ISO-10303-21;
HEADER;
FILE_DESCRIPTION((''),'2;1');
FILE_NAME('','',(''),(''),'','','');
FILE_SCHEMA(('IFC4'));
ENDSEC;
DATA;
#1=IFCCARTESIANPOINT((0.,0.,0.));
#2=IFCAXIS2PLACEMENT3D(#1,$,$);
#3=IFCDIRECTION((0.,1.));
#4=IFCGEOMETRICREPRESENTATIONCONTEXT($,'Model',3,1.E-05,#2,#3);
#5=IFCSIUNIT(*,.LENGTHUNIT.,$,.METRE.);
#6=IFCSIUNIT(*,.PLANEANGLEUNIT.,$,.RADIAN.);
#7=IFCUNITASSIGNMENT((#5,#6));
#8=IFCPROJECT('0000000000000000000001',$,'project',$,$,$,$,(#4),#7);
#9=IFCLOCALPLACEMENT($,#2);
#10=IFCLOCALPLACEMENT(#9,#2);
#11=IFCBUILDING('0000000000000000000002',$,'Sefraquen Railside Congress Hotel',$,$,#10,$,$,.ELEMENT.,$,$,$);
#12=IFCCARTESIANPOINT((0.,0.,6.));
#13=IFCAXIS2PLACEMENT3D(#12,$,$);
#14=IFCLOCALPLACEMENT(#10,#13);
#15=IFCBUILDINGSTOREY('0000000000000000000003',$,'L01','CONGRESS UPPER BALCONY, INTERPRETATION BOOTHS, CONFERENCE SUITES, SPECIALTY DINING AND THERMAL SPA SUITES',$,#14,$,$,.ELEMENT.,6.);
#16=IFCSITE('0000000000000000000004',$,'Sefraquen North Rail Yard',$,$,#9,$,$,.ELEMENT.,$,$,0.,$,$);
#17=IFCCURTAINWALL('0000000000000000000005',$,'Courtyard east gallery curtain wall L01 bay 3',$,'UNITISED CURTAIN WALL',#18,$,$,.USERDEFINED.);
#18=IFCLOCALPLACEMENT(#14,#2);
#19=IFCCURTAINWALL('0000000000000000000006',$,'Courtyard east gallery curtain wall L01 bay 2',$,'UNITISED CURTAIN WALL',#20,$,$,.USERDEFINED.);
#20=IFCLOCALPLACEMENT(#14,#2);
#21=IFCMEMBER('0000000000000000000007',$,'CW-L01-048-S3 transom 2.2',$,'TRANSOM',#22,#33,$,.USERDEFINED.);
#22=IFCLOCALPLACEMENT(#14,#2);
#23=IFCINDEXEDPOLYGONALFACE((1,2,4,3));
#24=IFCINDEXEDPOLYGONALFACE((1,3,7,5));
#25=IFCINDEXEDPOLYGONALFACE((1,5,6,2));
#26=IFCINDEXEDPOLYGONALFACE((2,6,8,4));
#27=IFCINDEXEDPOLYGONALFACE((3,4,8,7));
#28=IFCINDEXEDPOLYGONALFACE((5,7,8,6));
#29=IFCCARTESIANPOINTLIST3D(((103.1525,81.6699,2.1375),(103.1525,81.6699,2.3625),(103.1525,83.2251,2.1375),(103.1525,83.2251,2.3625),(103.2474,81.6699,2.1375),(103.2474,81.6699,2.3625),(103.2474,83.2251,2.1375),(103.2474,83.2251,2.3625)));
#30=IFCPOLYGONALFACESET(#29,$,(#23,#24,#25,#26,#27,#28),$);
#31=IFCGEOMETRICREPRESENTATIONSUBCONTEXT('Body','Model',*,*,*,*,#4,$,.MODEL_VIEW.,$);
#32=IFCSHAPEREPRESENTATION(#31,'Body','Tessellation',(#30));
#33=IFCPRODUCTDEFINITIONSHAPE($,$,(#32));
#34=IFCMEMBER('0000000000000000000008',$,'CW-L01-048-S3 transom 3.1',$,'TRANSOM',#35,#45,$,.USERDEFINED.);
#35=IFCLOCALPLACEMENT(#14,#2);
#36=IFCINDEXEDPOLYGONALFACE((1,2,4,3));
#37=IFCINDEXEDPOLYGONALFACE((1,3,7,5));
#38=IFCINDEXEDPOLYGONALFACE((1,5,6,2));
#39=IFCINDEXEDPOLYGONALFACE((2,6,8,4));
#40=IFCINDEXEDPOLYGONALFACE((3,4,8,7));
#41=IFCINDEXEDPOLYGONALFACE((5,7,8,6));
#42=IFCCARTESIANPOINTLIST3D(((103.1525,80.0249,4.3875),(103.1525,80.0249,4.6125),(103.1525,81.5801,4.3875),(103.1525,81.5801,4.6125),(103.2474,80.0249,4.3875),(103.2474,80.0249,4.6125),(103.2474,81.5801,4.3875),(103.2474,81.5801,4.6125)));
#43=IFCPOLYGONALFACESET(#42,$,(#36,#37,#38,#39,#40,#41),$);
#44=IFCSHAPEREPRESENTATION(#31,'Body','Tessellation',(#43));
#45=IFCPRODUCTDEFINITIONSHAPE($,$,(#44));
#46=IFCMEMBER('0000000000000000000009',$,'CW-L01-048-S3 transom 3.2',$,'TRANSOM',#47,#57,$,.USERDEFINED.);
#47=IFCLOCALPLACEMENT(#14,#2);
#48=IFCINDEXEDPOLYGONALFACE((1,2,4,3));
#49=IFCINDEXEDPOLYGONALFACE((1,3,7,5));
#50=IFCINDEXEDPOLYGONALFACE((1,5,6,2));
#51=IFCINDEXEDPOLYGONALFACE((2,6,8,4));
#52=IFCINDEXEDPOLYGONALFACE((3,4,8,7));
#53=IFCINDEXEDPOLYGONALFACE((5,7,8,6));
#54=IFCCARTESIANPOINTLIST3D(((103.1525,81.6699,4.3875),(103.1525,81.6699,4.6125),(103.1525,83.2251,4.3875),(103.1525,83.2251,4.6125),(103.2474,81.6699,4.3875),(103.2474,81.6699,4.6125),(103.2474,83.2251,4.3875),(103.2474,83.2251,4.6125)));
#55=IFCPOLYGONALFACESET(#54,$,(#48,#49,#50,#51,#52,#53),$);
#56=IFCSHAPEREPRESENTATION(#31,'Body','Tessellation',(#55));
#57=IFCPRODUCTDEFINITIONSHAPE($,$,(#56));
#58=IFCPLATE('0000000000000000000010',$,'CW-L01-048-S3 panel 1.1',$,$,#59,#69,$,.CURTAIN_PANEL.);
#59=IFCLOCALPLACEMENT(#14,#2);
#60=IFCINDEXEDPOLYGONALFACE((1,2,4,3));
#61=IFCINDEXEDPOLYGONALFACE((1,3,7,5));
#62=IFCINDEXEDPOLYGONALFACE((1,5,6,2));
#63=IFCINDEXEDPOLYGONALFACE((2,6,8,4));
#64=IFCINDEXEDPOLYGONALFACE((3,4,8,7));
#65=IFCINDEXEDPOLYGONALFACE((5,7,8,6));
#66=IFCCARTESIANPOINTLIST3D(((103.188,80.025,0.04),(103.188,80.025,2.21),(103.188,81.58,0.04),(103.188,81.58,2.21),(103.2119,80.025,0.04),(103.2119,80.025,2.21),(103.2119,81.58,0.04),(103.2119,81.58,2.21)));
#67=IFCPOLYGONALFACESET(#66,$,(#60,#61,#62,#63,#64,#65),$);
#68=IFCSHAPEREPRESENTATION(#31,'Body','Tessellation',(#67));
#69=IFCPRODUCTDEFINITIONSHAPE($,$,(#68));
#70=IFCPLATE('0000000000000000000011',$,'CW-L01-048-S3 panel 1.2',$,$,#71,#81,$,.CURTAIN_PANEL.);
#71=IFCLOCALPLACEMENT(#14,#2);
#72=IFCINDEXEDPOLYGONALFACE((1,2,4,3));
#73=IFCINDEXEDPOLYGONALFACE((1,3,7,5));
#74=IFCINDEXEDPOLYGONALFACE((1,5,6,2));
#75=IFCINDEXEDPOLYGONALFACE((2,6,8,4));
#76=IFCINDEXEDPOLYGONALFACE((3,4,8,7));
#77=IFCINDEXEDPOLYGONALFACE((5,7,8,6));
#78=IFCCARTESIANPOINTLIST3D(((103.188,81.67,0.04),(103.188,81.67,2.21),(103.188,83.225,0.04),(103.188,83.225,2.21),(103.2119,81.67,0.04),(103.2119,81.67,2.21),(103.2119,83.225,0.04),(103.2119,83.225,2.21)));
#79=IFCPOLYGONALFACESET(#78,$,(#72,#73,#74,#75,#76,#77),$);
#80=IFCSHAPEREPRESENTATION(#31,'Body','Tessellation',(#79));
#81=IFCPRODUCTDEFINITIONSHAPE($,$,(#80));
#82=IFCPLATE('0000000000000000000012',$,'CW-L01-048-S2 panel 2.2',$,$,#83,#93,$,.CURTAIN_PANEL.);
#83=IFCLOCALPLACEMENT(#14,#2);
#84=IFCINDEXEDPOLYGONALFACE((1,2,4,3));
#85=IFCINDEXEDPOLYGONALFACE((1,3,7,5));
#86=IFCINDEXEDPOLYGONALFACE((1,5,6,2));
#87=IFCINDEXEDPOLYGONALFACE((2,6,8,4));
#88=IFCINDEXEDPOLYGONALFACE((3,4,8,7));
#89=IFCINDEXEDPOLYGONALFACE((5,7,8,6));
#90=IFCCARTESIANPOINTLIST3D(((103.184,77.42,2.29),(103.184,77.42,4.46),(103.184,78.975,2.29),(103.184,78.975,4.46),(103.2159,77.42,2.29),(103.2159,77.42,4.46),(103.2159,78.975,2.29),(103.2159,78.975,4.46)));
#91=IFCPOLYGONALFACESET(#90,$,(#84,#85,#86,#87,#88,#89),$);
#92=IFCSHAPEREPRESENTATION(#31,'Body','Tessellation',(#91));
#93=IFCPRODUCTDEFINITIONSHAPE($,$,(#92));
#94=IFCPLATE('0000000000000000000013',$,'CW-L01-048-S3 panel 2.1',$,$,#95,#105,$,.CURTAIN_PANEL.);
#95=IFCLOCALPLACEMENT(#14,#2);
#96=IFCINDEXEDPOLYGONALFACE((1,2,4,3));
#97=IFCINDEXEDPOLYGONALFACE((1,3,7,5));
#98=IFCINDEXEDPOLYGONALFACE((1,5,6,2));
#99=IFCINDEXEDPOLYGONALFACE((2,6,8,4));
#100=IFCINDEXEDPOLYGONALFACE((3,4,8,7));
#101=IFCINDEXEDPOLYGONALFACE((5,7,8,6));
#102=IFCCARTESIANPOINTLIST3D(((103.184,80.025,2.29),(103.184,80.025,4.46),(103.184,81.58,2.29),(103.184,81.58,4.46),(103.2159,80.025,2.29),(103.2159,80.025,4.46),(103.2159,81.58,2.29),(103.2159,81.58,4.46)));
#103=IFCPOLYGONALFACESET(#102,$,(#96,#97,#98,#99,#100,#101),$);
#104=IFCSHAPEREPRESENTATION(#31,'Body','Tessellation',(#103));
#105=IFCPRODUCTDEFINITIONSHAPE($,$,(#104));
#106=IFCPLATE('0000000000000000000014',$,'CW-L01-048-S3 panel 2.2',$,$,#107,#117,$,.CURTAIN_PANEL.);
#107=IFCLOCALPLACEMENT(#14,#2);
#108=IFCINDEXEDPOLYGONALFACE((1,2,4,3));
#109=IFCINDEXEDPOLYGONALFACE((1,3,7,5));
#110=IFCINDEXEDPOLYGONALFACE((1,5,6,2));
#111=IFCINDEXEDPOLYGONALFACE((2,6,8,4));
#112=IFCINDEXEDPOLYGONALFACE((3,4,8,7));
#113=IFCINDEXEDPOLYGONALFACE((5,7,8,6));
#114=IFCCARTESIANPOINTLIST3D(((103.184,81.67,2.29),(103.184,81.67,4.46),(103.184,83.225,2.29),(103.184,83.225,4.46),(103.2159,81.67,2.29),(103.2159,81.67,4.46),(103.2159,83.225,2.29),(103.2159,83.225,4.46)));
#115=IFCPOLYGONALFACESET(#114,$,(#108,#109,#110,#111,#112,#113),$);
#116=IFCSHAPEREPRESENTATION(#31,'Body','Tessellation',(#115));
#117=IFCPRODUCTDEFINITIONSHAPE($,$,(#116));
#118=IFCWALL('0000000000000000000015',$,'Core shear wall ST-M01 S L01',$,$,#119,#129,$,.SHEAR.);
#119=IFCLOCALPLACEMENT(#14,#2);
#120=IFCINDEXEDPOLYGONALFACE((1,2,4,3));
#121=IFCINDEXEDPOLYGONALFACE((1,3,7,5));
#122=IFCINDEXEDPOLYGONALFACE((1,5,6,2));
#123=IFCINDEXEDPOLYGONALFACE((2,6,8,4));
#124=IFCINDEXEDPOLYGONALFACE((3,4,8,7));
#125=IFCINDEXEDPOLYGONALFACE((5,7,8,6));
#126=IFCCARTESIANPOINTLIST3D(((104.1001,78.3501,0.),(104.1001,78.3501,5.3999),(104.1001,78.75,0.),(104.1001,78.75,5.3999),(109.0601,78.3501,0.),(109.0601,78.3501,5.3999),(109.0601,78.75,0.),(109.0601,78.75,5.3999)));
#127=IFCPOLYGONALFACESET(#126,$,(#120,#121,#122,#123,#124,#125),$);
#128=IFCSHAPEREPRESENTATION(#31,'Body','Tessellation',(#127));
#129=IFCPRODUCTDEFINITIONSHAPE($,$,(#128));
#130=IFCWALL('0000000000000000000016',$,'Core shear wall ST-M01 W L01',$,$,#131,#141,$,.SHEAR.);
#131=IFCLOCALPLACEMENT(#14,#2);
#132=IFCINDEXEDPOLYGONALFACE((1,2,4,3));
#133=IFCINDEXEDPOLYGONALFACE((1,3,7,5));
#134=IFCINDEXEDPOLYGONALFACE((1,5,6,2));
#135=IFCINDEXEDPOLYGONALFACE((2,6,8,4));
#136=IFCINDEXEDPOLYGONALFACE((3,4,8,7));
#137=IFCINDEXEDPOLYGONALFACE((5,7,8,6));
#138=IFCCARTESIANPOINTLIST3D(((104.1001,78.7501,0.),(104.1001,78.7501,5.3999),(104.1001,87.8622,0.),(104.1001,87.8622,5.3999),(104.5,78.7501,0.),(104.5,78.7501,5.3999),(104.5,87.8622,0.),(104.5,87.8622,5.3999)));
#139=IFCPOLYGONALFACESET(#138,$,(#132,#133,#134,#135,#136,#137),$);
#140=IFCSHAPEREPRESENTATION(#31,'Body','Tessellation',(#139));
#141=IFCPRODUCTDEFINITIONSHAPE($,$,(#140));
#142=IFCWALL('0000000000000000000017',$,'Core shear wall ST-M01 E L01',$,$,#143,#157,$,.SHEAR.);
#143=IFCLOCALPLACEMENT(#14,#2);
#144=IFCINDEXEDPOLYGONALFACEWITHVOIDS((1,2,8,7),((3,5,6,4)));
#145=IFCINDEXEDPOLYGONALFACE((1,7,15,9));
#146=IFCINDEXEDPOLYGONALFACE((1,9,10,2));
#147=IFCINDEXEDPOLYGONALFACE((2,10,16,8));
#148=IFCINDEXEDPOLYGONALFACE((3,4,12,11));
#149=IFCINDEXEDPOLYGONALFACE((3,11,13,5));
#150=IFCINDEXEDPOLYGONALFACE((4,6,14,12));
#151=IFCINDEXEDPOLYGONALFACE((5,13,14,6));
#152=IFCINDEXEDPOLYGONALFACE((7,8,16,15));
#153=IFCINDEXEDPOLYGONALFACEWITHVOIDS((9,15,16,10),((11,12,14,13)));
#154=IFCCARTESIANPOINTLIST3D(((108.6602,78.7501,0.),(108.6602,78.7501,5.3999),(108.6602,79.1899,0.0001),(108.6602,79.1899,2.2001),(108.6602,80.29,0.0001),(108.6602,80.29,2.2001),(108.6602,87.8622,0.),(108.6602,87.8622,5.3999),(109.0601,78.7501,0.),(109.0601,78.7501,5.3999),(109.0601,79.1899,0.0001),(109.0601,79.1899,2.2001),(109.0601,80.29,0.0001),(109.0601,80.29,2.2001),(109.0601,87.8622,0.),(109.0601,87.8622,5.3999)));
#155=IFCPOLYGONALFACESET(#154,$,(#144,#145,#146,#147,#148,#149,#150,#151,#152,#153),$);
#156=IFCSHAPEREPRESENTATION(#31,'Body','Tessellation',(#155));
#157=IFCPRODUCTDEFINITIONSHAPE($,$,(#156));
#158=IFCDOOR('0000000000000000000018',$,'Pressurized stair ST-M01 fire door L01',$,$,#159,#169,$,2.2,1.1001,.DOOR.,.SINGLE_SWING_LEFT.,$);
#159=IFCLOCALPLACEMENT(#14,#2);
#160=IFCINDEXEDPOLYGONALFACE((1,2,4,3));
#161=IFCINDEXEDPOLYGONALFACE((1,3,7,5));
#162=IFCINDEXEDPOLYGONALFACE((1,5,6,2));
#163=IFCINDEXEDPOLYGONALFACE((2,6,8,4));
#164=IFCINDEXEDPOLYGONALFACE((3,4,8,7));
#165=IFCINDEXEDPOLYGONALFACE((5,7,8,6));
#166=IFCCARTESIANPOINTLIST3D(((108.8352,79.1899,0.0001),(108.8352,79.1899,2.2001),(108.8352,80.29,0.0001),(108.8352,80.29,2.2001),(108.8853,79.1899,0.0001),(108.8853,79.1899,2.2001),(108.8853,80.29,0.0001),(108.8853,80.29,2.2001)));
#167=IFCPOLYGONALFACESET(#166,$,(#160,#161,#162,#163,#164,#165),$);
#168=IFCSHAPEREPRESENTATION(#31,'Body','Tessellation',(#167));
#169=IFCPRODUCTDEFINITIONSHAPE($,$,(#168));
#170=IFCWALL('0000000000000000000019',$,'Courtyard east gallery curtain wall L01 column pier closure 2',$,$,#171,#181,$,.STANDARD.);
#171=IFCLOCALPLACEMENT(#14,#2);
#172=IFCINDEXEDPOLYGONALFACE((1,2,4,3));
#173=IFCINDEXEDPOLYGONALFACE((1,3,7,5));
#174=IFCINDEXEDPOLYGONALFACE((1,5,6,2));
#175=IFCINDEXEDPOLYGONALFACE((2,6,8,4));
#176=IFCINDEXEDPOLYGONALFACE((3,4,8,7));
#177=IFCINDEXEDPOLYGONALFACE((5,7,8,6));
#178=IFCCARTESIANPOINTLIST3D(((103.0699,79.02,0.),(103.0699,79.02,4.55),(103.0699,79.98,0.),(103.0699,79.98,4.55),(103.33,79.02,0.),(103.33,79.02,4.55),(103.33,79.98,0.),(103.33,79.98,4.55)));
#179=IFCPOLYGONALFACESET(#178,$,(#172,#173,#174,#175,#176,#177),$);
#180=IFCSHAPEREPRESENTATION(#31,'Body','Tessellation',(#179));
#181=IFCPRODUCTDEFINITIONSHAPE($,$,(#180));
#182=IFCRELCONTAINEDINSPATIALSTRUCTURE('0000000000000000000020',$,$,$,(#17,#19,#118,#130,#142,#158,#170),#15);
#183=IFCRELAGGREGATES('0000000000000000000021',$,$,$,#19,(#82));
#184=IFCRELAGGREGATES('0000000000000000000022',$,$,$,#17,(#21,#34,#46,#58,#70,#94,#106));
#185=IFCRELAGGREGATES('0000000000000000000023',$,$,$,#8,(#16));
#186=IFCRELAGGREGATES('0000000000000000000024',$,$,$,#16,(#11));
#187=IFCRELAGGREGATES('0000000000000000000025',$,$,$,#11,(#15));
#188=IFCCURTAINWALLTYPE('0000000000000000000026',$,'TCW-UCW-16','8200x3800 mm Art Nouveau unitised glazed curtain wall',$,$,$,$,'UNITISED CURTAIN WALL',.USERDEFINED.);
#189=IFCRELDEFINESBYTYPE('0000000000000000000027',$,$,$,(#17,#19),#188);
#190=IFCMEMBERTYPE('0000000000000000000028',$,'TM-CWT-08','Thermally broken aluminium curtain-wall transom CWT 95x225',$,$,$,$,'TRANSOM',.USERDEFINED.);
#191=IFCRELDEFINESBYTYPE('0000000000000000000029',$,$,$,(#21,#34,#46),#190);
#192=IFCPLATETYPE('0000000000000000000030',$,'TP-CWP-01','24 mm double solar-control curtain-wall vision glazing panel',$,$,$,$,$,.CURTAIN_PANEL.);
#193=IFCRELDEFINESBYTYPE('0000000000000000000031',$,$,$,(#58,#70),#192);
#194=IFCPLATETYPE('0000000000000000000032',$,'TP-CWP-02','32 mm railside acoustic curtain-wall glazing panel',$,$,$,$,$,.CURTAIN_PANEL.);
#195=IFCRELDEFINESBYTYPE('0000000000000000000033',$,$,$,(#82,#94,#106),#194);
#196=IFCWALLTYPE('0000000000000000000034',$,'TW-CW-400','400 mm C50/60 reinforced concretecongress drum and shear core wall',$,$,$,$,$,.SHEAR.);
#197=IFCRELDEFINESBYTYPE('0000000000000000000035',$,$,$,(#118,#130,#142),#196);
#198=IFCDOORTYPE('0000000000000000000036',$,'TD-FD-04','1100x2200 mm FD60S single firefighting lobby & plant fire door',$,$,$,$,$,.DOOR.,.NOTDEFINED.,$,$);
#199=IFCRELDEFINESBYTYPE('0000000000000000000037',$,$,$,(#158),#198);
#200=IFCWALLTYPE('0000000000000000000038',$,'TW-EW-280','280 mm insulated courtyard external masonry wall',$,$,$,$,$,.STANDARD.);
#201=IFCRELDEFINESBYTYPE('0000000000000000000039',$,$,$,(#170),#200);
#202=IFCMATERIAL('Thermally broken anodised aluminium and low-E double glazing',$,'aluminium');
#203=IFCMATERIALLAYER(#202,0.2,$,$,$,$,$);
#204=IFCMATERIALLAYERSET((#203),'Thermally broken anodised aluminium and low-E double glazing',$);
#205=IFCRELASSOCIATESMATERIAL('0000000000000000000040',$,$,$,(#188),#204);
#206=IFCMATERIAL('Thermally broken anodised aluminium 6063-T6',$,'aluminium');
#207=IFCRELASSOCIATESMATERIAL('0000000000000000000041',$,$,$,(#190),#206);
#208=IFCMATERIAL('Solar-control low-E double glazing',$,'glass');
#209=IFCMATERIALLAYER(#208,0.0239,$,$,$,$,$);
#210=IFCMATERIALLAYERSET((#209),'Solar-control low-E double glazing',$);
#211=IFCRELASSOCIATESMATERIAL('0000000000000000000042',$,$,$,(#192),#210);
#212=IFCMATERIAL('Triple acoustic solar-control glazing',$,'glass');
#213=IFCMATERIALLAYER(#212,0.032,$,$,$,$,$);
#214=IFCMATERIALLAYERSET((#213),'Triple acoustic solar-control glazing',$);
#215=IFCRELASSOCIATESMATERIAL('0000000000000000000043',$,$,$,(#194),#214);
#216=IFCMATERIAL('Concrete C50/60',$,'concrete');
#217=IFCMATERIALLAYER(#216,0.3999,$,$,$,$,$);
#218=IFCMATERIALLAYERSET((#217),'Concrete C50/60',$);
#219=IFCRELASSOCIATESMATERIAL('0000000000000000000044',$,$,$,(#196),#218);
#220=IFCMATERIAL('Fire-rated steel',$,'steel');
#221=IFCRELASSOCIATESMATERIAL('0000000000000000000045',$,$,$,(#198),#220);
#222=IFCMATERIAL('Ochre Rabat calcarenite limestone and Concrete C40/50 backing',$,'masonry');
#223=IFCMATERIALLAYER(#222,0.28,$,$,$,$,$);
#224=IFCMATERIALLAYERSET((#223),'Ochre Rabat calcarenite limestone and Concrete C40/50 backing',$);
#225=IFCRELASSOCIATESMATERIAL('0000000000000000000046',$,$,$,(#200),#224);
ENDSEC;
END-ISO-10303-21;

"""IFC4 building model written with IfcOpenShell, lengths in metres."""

from ifc_helpers import new_model, si_unit, direction, frame, frame_2d, origin, origin_2d, place, context, subcontext, project, spatial, rectangle, extrude, material, layer, layer_set, material_profile, profile_set, type_object, element, fill, aggregate, save


model = new_model("IFC4")

# Units and contexts
model_context = context("Model", 3, precision=1e-05, world=origin(), true_north=direction((0.0, 1.0)))
body_context = subcontext(model_context, "Body", "Model", "MODEL_VIEW")
ifc_project = project(units=[si_unit("LENGTHUNIT", "METRE"), si_unit("PLANEANGLEUNIT", "RADIAN")], contexts=[model_context])

# Site, building, storey
site_placement = place(None, origin())
site = spatial("IfcSite", under=ifc_project, at=site_placement, Name="Sefraquen North Rail Yard", CompositionType="ELEMENT", RefElevation=0.0)
building_placement = place(site_placement, origin())
building = spatial("IfcBuilding", under=site, at=building_placement, Name="Sefraquen Railside Congress Hotel", CompositionType="ELEMENT")
storey_placement = place(building_placement, frame((0.0, 0.0, 6.0)))
storey = spatial("IfcBuildingStorey", under=building, at=storey_placement, Name="L01", Description="CONGRESS UPPER BALCONY, INTERPRETATION BOOTHS, CONFERENCE SUITES, SPECIALTY DINING AND THERMAL SPA SUITES", CompositionType="ELEMENT", Elevation=6.0)

# Shared definitions
ifc_material_1 = material(Name="Concrete C50/60", Category="concrete")

# Curtain walls
ifc_material_2 = material(Name="Thermally broken anodised aluminium and low-E double glazing", Category="aluminium")
ifc_layer_1 = layer(ifc_material_2, 0.2)
ifc_layer_set_1 = layer_set([ifc_layer_1], Name="Thermally broken anodised aluminium and low-E double glazing")
curtain_wall_type = type_object("IfcCurtainWallType", Name="TCW-UCW-16", Description="8200x3800 mm Art Nouveau unitised glazed curtain wall", ElementType="UNITISED CURTAIN WALL", PredefinedType="USERDEFINED", material=ifc_layer_set_1)
curtain_wall_1_placement = place(storey_placement, origin())
curtain_wall_1 = element("IfcCurtainWall", 1, at=curtain_wall_1_placement, inside=storey, type_object=curtain_wall_type, Name="Courtyard east gallery curtain wall L01 bay 3", ObjectType="UNITISED CURTAIN WALL", PredefinedType="USERDEFINED")
ifc_material_3 = material(Name="Thermally broken anodised aluminium 6063-T6", Category="aluminium")
curtain_wall_2_placement = place(storey_placement, origin())
curtain_wall_2 = element("IfcCurtainWall", 2, at=curtain_wall_2_placement, inside=storey, type_object=curtain_wall_type, Name="Courtyard east gallery curtain wall L01 bay 2", ObjectType="UNITISED CURTAIN WALL", PredefinedType="USERDEFINED")

# Members
ifc_material_profile_1 = material_profile(ifc_material_3, rectangle(XDim=0.095, YDim=0.2251, at=origin_2d()), Name="CWT 95x225")
ifc_profile_set_1 = profile_set([ifc_material_profile_1], Name="Thermally broken anodised aluminium 6063-T6")
member_type_1 = type_object("IfcMemberType", Name="TM-CWT-08", Description="Thermally broken aluminium curtain-wall transom CWT 95x225", ElementType="TRANSOM", PredefinedType="USERDEFINED", material=ifc_profile_set_1)
member_1_placement = place(storey_placement, frame((103.2, 81.6699, 2.25), z_axis=(0.0, 1.0, 0.0), x_axis=(-1.0, 0.0, 0.0)))
member_1 = element("IfcMember", 3, at=member_1_placement, type_object=member_type_1, Name="CW-L01-048-S3 transom 2.2", ObjectType="TRANSOM", PredefinedType="USERDEFINED", context=body_context, shape_type="SweptSolid", body=[
    extrude(rectangle(XDim=0.095, YDim=0.2251, at=origin_2d()), origin(), (0.0, 0.0, 1.0), 1.5552),
])
member_2_placement = place(storey_placement, frame((103.2, 80.0249, 4.5), z_axis=(0.0, 1.0, 0.0), x_axis=(-1.0, 0.0, 0.0)))
member_2 = element("IfcMember", 4, at=member_2_placement, type_object=member_type_1, Name="CW-L01-048-S3 transom 3.1", ObjectType="TRANSOM", PredefinedType="USERDEFINED", context=body_context, shape_type="SweptSolid", body=[
    extrude(rectangle(XDim=0.095, YDim=0.2251, at=origin_2d()), origin(), (0.0, 0.0, 1.0), 1.5552),
])
member_3_placement = place(storey_placement, frame((103.2, 81.6699, 4.5), z_axis=(0.0, 1.0, 0.0), x_axis=(-1.0, 0.0, 0.0)))
member_3 = element("IfcMember", 5, at=member_3_placement, type_object=member_type_1, Name="CW-L01-048-S3 transom 3.2", ObjectType="TRANSOM", PredefinedType="USERDEFINED", context=body_context, shape_type="SweptSolid", body=[
    extrude(rectangle(XDim=0.095, YDim=0.2251, at=origin_2d()), origin(), (0.0, 0.0, 1.0), 1.5552),
])

# Plates
ifc_material_4 = material(Name="Solar-control low-E double glazing", Category="glass")
ifc_layer_2 = layer(ifc_material_4, 0.0239)
ifc_layer_set_2 = layer_set([ifc_layer_2], Name="Solar-control low-E double glazing")
plate_type_1 = type_object("IfcPlateType", Name="TP-CWP-01", Description="24 mm double solar-control curtain-wall vision glazing panel", PredefinedType="CURTAIN_PANEL", material=ifc_layer_set_2)
plate_1_placement = place(storey_placement, frame((103.2, 80.8025, 0.04), z_axis=(0.0, 0.0, 1.0), x_axis=(0.0, 1.0, 0.0)))
plate_1 = element("IfcPlate", 6, at=plate_1_placement, type_object=plate_type_1, Name="CW-L01-048-S3 panel 1.1", PredefinedType="CURTAIN_PANEL", context=body_context, shape_type="SweptSolid", body=[
    extrude(rectangle(XDim=1.5549, YDim=0.0239, at=origin_2d()), origin(), (0.0, 0.0, 1.0), 2.1699),
])
plate_2_placement = place(storey_placement, frame((103.2, 82.4475, 0.04), z_axis=(0.0, 0.0, 1.0), x_axis=(0.0, 1.0, 0.0)))
plate_2 = element("IfcPlate", 7, at=plate_2_placement, type_object=plate_type_1, Name="CW-L01-048-S3 panel 1.2", PredefinedType="CURTAIN_PANEL", context=body_context, shape_type="SweptSolid", body=[
    extrude(rectangle(XDim=1.5549, YDim=0.0239, at=origin_2d()), origin(), (0.0, 0.0, 1.0), 2.1699),
])
ifc_material_5 = material(Name="Triple acoustic solar-control glazing", Category="glass")
ifc_layer_3 = layer(ifc_material_5, 0.032)
ifc_layer_set_3 = layer_set([ifc_layer_3], Name="Triple acoustic solar-control glazing")
plate_type_2 = type_object("IfcPlateType", Name="TP-CWP-02", Description="32 mm railside acoustic curtain-wall glazing panel", PredefinedType="CURTAIN_PANEL", material=ifc_layer_set_3)
plate_3_placement = place(storey_placement, frame((103.2, 78.1975, 2.29), z_axis=(0.0, 0.0, 1.0), x_axis=(0.0, 1.0, 0.0)))
plate_3 = element("IfcPlate", 8, at=plate_3_placement, type_object=plate_type_2, Name="CW-L01-048-S2 panel 2.2", PredefinedType="CURTAIN_PANEL", context=body_context, shape_type="SweptSolid", body=[
    extrude(rectangle(XDim=1.5549, YDim=0.032, at=origin_2d()), origin(), (0.0, 0.0, 1.0), 2.1699),
])
aggregate(curtain_wall_2, [plate_3])
plate_4_placement = place(storey_placement, frame((103.2, 80.8025, 2.29), z_axis=(0.0, 0.0, 1.0), x_axis=(0.0, 1.0, 0.0)))
plate_4 = element("IfcPlate", 9, at=plate_4_placement, type_object=plate_type_2, Name="CW-L01-048-S3 panel 2.1", PredefinedType="CURTAIN_PANEL", context=body_context, shape_type="SweptSolid", body=[
    extrude(rectangle(XDim=1.5549, YDim=0.032, at=origin_2d()), origin(), (0.0, 0.0, 1.0), 2.1699),
])
plate_5_placement = place(storey_placement, frame((103.2, 82.4475, 2.29), z_axis=(0.0, 0.0, 1.0), x_axis=(0.0, 1.0, 0.0)))
plate_5 = element("IfcPlate", 10, at=plate_5_placement, type_object=plate_type_2, Name="CW-L01-048-S3 panel 2.2", PredefinedType="CURTAIN_PANEL", context=body_context, shape_type="SweptSolid", body=[
    extrude(rectangle(XDim=1.5549, YDim=0.032, at=origin_2d()), origin(), (0.0, 0.0, 1.0), 2.1699),
])
aggregate(curtain_wall_1, [member_1, member_2, member_3, plate_1, plate_2, plate_4, plate_5])

# Walls
ifc_layer_4 = layer(ifc_material_1, 0.3999)
ifc_layer_set_4 = layer_set([ifc_layer_4], Name="Concrete C50/60")
wall_type_1 = type_object("IfcWallType", Name="TW-CW-400", Description="400 mm C50/60 reinforced concretecongress drum and shear core wall", PredefinedType="SHEAR", material=ifc_layer_set_4)
wall_1_placement = place(storey_placement, frame((104.1001, 78.55, 0.0), z_axis=(0.0, 0.0, 1.0), x_axis=(1.0, 0.0, 0.0)))
element("IfcWall", 11, at=wall_1_placement, inside=storey, type_object=wall_type_1, Name="Core shear wall ST-M01 S L01", PredefinedType="SHEAR", context=body_context, shape_type="SweptSolid", body=[
    extrude(rectangle(XDim=4.96, YDim=0.3999, at=frame_2d((2.48, 0.0))), origin(), (0.0, 0.0, 1.0), 5.3999),
])
wall_2_placement = place(storey_placement, frame((104.3, 78.75, 0.0), z_axis=(0.0, 0.0, 1.0), x_axis=(0.0, 1.0, 0.0)))
element("IfcWall", 12, at=wall_2_placement, inside=storey, type_object=wall_type_1, Name="Core shear wall ST-M01 W L01", PredefinedType="SHEAR", context=body_context, shape_type="SweptSolid", body=[
    extrude(rectangle(XDim=9.1121, YDim=0.3999, at=frame_2d((4.5562, 0.0))), origin(), (0.0, 0.0, 1.0), 5.3999),
])

# Wall, opening, door
wall_3_placement = place(storey_placement, frame((108.8601, 78.75, 0.0), z_axis=(0.0, 0.0, 1.0), x_axis=(0.0, 1.0, 0.0)))
wall_3 = element("IfcWall", 13, at=wall_3_placement, inside=storey, type_object=wall_type_1, Name="Core shear wall ST-M01 E L01", PredefinedType="SHEAR", context=body_context, shape_type="SweptSolid", body=[
    extrude(rectangle(XDim=9.1121, YDim=0.3999, at=frame_2d((4.5562, 0.0))), origin(), (0.0, 0.0, 1.0), 5.3999),
])
opening_placement = place(wall_3_placement, frame((0.4399, 0.0, 0.0)))
opening = element("IfcOpeningElement", 14, at=opening_placement, cuts=wall_3, PredefinedType="OPENING", context=body_context, shape_type="SweptSolid", body=[
    extrude(rectangle(XDim=1.1001, YDim=2.2, at=frame_2d((0.55, 1.1001))), frame((0.0, 0.21, 0.0), z_axis=(0.0, -1.0, 0.0), x_axis=(1.0, 0.0, 0.0)), (0.0, 0.0, 1.0), 0.4199),
])
ifc_material_6 = material(Name="Fire-rated steel", Category="steel")
door_type = type_object("IfcDoorType", Name="TD-FD-04", Description="1100x2200 mm FD60S single firefighting lobby & plant fire door", OperationType="NOTDEFINED", PredefinedType="DOOR", material=ifc_material_6)
door_placement = place(opening_placement, origin())
door = element("IfcDoor", 15, at=door_placement, inside=storey, type_object=door_type, Name="Pressurized stair ST-M01 fire door L01", OperationType="SINGLE_SWING_LEFT", OverallHeight=2.2, OverallWidth=1.1001, PredefinedType="DOOR", context=body_context, shape_type="SweptSolid", body=[
    extrude(rectangle(XDim=1.1001, YDim=2.2, at=frame_2d((0.55, 1.1001))), frame((0.0, 0.0249, 0.0), z_axis=(0.0, -1.0, 0.0), x_axis=(1.0, 0.0, 0.0)), (0.0, 0.0, 1.0), 0.05),
])
fill(opening, door)

# Wall
ifc_material_7 = material(Name="Ochre Rabat calcarenite limestone and Concrete C40/50 backing", Category="masonry")
ifc_layer_5 = layer(ifc_material_7, 0.28)
ifc_layer_set_5 = layer_set([ifc_layer_5], Name="Ochre Rabat calcarenite limestone and Concrete C40/50 backing")
wall_type_2 = type_object("IfcWallType", Name="TW-EW-280", Description="280 mm insulated courtyard external masonry wall", PredefinedType="STANDARD", material=ifc_layer_set_5)
for number, where, z_axis, x_axis, name in (
    (16, (103.2, 79.02, 0.0), (0.0, 0.0, 1.0), (0.0, 1.0, 0.0), "Courtyard east gallery curtain wall L01 column pier closure 2"),
):
    element("IfcWall", number, at=place(storey_placement, frame(where, z_axis=z_axis, x_axis=x_axis)), inside=storey, type_object=wall_type_2, Name=name, PredefinedType="STANDARD", context=body_context, shape_type="SweptSolid", body=[
        extrude(rectangle(XDim=0.96, YDim=0.26, at=frame_2d((0.48, 0.0))), origin(), (0.0, 0.0, 1.0), 4.55),
    ])

save(model, "model.ifc")
